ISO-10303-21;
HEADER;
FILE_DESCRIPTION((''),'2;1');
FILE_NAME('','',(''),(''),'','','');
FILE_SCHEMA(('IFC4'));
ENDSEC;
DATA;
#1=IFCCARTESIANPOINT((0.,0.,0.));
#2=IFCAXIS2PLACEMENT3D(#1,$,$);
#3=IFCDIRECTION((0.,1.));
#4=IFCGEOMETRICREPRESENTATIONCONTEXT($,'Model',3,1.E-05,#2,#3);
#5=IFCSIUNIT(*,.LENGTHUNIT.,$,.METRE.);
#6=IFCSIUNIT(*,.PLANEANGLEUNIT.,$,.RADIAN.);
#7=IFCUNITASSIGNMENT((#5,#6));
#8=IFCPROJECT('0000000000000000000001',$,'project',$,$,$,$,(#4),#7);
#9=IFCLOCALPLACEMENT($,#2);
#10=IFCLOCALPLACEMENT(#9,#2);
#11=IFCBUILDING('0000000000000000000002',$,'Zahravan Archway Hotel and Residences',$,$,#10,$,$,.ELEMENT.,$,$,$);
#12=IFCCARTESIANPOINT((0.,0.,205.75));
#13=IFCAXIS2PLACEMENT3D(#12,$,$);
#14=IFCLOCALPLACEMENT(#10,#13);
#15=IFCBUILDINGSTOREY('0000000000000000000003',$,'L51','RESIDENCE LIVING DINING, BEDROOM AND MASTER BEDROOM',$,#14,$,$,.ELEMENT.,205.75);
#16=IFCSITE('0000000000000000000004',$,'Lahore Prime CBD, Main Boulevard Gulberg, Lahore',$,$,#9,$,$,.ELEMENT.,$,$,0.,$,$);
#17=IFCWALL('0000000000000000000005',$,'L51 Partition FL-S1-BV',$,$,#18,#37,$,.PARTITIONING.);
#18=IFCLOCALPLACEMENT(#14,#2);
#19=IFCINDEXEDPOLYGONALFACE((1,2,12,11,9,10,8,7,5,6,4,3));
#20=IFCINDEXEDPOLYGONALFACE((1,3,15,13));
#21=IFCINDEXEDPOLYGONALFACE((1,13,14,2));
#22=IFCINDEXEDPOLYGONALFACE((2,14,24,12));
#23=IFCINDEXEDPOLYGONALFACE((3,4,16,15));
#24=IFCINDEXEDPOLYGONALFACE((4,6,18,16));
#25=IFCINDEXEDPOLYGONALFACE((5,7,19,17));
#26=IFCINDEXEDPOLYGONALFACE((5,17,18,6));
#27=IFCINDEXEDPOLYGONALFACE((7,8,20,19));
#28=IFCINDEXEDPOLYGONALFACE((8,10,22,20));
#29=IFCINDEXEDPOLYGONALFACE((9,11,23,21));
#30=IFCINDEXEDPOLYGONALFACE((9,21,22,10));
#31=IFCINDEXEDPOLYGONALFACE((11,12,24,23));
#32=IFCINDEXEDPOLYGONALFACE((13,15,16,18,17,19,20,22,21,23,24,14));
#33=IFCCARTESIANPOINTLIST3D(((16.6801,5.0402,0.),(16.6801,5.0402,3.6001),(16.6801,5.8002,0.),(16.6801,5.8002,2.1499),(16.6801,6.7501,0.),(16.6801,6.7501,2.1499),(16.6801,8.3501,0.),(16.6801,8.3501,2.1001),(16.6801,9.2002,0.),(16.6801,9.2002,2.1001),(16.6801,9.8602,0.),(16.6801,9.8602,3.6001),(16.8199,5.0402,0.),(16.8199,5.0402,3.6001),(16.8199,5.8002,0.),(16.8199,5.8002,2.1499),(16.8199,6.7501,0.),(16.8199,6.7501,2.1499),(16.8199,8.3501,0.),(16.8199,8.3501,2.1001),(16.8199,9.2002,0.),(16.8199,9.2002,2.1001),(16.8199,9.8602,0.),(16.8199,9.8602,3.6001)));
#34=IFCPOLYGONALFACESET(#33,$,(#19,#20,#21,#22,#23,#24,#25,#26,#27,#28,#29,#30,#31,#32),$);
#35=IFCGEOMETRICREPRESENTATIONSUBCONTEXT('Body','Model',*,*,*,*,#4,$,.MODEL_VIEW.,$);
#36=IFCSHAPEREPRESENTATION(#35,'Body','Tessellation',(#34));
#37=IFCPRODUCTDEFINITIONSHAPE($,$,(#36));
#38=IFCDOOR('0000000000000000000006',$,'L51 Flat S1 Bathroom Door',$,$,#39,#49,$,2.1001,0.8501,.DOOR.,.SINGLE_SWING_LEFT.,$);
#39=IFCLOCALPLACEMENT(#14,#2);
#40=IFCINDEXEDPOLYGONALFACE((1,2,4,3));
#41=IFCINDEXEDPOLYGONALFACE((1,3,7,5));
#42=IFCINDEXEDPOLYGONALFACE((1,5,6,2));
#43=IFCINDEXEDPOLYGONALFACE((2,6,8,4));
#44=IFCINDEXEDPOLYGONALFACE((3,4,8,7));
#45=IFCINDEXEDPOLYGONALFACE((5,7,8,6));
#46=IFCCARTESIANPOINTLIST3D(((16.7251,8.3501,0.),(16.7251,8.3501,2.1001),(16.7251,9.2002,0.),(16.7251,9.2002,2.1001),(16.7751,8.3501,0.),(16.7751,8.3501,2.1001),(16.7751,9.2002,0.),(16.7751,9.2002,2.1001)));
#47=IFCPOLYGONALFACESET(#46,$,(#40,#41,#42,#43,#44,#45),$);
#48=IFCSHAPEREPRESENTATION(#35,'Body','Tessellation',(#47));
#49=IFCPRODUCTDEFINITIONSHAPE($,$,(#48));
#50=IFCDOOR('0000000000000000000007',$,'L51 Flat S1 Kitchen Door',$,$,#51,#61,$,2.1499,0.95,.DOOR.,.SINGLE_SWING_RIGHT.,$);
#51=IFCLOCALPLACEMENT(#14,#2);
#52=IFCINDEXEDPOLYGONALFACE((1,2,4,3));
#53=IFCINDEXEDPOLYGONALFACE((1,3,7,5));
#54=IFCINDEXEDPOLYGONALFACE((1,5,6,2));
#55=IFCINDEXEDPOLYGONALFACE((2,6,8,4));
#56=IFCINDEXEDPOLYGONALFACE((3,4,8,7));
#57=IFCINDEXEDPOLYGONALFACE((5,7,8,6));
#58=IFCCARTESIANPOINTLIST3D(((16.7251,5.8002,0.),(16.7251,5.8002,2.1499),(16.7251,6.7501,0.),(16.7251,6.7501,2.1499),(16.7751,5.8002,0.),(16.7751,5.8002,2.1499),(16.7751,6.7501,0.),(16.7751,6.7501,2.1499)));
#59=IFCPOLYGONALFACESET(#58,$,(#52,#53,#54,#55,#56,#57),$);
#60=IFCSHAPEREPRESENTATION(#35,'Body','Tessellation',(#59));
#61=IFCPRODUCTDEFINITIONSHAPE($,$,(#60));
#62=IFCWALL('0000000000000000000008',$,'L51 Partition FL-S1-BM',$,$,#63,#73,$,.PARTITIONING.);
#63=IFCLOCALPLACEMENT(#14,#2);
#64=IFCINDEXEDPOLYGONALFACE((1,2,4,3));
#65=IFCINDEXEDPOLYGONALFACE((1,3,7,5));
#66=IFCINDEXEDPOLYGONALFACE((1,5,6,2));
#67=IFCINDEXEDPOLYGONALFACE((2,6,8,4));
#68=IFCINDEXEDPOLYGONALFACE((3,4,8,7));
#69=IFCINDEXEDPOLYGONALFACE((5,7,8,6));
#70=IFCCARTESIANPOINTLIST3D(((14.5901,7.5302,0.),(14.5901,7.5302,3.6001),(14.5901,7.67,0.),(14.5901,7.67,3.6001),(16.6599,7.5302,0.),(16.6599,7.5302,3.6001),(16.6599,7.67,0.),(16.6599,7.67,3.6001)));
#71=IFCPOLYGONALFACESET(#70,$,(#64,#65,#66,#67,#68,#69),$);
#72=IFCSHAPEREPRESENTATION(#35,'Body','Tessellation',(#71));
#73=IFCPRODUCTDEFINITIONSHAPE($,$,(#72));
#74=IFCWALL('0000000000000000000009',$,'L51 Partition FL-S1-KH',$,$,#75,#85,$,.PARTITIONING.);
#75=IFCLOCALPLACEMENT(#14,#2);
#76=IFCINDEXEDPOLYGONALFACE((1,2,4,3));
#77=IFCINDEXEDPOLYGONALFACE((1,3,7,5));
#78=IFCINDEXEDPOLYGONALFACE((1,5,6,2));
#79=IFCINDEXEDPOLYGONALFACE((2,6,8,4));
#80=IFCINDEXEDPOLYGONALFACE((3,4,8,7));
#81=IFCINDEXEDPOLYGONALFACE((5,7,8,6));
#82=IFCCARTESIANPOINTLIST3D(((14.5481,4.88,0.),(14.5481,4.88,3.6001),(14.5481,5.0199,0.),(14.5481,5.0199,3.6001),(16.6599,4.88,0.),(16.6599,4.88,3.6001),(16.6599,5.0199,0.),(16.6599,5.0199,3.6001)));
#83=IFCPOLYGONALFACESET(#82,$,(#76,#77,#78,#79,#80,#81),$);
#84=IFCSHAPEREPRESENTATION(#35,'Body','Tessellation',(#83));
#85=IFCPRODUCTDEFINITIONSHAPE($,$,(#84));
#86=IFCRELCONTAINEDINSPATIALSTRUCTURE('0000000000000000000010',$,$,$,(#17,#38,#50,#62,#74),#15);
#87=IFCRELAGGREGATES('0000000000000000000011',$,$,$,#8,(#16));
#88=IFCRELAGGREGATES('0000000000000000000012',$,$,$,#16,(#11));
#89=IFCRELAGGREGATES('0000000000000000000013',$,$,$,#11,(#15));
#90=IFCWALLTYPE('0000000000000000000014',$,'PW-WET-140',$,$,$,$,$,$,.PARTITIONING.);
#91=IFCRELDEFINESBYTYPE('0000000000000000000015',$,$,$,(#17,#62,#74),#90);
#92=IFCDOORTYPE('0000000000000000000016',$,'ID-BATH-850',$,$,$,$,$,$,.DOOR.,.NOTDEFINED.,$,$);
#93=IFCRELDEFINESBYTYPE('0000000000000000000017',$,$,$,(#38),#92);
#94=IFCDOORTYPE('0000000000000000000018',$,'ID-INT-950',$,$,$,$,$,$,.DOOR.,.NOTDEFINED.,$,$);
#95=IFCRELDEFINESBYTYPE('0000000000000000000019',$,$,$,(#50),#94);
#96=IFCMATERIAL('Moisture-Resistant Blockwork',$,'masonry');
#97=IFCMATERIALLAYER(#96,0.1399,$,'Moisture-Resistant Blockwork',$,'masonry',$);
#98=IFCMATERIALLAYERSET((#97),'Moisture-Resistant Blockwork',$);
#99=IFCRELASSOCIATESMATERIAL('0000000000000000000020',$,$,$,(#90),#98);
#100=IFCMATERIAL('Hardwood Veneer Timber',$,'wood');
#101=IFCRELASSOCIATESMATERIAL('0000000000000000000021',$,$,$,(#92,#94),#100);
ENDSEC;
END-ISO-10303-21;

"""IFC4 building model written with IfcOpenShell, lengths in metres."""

from ifc_helpers import new_model, si_unit, direction, frame, frame_2d, origin, place, context, subcontext, project, spatial, rectangle, extrude, source, transform, mapped, material, layer, layer_set, type_object, type_shapes, element, fill, save


model = new_model("IFC4")

# Units and contexts
model_context = context("Model", 3, precision=1e-05, world=origin(), true_north=direction((0.0, 1.0)))
body_context = subcontext(model_context, "Body", "Model", "MODEL_VIEW")
ifc_project = project(units=[si_unit("LENGTHUNIT", "METRE"), si_unit("PLANEANGLEUNIT", "RADIAN")], contexts=[model_context])

# Site, building, storey
site_placement = place(None, origin())
site = spatial("IfcSite", under=ifc_project, at=site_placement, Name="Lahore Prime CBD, Main Boulevard Gulberg, Lahore", CompositionType="ELEMENT", RefElevation=0.0)
building_placement = place(site_placement, origin())
building = spatial("IfcBuilding", under=site, at=building_placement, Name="Zahravan Archway Hotel and Residences", CompositionType="ELEMENT")
storey_placement = place(building_placement, frame((0.0, 0.0, 205.75)))
storey = spatial("IfcBuildingStorey", under=building, at=storey_placement, Name="L51", Description="RESIDENCE LIVING DINING, BEDROOM AND MASTER BEDROOM", CompositionType="ELEMENT", Elevation=205.75)

# Shared definitions
ifc_material_1 = material(Name="Hardwood Veneer Timber", Category="wood")

# Wall, openings, doors
ifc_material_2 = material(Name="Moisture-Resistant Blockwork", Category="masonry")
ifc_layer_1 = layer(ifc_material_2, 0.1399, Name="Moisture-Resistant Blockwork", Category="masonry")
ifc_layer_set_1 = layer_set([ifc_layer_1], Name="Moisture-Resistant Blockwork")
wall_type_1 = type_object("IfcWallType", Name="PW-WET-140", PredefinedType="PARTITIONING", material=ifc_layer_set_1)
wall_1_placement = place(storey_placement, frame((16.75, 5.04, 0.0), z_axis=(0.0, 0.0, 1.0), x_axis=(0.0, 1.0, 0.0)))
wall_1 = element("IfcWall", 1, at=wall_1_placement, inside=storey, type_object=wall_type_1, Name="L51 Partition FL-S1-BV", PredefinedType="PARTITIONING", context=body_context, shape_type="SweptSolid", body=[
    extrude(rectangle(XDim=4.8201, YDim=0.1399, at=frame_2d((2.4102, 0.0))), origin(), (0.0, 0.0, 1.0), 3.6001),
])
opening_1_placement = place(wall_1_placement, frame((0.76, 0.0, 0.0)))
opening_1 = element("IfcOpeningElement", 2, at=opening_1_placement, cuts=wall_1, PredefinedType="OPENING", context=body_context, shape_type="SweptSolid", body=[
    extrude(rectangle(XDim=0.95, YDim=2.1499, at=frame_2d((0.4751, 1.075))), frame((0.0, 0.0801, 0.0), z_axis=(0.0, -1.0, 0.0), x_axis=(1.0, 0.0, 0.0)), (0.0, 0.0, 1.0), 0.1599),
])
opening_2_placement = place(wall_1_placement, frame((3.3101, 0.0, 0.0)))
opening_2 = element("IfcOpeningElement", 3, at=opening_2_placement, cuts=wall_1, PredefinedType="OPENING", context=body_context, shape_type="SweptSolid", body=[
    extrude(rectangle(XDim=0.8501, YDim=2.1001, at=frame_2d((0.425, 1.05))), frame((0.0, 0.0801, 0.0), z_axis=(0.0, -1.0, 0.0), x_axis=(1.0, 0.0, 0.0)), (0.0, 0.0, 1.0), 0.1599),
])
door_type_1 = type_object("IfcDoorType", Name="ID-BATH-850", OperationType="NOTDEFINED", PredefinedType="DOOR", material=ifc_material_1)
shared_shape_1 = source(origin(), body_context, "Body", "SweptSolid", [
    extrude(rectangle(XDim=0.8501, YDim=2.1001, at=frame_2d((0.425, 1.05))), frame((0.0, 0.0249, 0.0), z_axis=(0.0, -1.0, 0.0), x_axis=(1.0, 0.0, 0.0)), (0.0, 0.0, 1.0), 0.05),
])
type_shapes(door_type_1, [shared_shape_1])
door_1_placement = place(opening_2_placement, origin())
door_1 = element("IfcDoor", 4, at=door_1_placement, inside=storey, type_object=door_type_1, Name="L51 Flat S1 Bathroom Door", OperationType="SINGLE_SWING_LEFT", OverallHeight=2.1001, OverallWidth=0.8501, PredefinedType="DOOR", context=body_context, shape_type="MappedRepresentation", body=[
    mapped(shared_shape_1, transform((0.0, 0.0, 0.0), scale=1.0)),
])
fill(opening_2, door_1)
door_type_2 = type_object("IfcDoorType", Name="ID-INT-950", OperationType="NOTDEFINED", PredefinedType="DOOR", material=ifc_material_1)
shared_shape_2 = source(origin(), body_context, "Body", "SweptSolid", [
    extrude(rectangle(XDim=0.95, YDim=2.1499, at=frame_2d((0.4751, 1.075))), frame((0.0, 0.0249, 0.0), z_axis=(0.0, -1.0, 0.0), x_axis=(1.0, 0.0, 0.0)), (0.0, 0.0, 1.0), 0.05),
])
type_shapes(door_type_2, [shared_shape_2])
door_2_placement = place(opening_1_placement, origin())
door_2 = element("IfcDoor", 5, at=door_2_placement, inside=storey, type_object=door_type_2, Name="L51 Flat S1 Kitchen Door", OperationType="SINGLE_SWING_RIGHT", OverallHeight=2.1499, OverallWidth=0.95, PredefinedType="DOOR", context=body_context, shape_type="MappedRepresentation", body=[
    mapped(shared_shape_2, transform((0.0, 0.0, 0.0), scale=1.0)),
])
fill(opening_1, door_2)

# Walls
wall_2_placement = place(storey_placement, frame((14.5901, 7.6001, 0.0), z_axis=(0.0, 0.0, 1.0), x_axis=(1.0, 0.0, 0.0)))
element("IfcWall", 6, at=wall_2_placement, inside=storey, type_object=wall_type_1, Name="L51 Partition FL-S1-BM", PredefinedType="PARTITIONING", context=body_context, shape_type="SweptSolid", body=[
    extrude(rectangle(XDim=2.0698, YDim=0.1399, at=frame_2d((1.0349, 0.0))), origin(), (0.0, 0.0, 1.0), 3.6001),
])
wall_3_placement = place(storey_placement, frame((14.5481, 4.95, 0.0), z_axis=(0.0, 0.0, 1.0), x_axis=(1.0, 0.0, 0.0)))
element("IfcWall", 7, at=wall_3_placement, inside=storey, type_object=wall_type_1, Name="L51 Partition FL-S1-KH", PredefinedType="PARTITIONING", context=body_context, shape_type="SweptSolid", body=[
    extrude(rectangle(XDim=2.1118, YDim=0.1399, at=frame_2d((1.0559, 0.0))), origin(), (0.0, 0.0, 1.0), 3.6001),
])

save(model, "model.ifc")
